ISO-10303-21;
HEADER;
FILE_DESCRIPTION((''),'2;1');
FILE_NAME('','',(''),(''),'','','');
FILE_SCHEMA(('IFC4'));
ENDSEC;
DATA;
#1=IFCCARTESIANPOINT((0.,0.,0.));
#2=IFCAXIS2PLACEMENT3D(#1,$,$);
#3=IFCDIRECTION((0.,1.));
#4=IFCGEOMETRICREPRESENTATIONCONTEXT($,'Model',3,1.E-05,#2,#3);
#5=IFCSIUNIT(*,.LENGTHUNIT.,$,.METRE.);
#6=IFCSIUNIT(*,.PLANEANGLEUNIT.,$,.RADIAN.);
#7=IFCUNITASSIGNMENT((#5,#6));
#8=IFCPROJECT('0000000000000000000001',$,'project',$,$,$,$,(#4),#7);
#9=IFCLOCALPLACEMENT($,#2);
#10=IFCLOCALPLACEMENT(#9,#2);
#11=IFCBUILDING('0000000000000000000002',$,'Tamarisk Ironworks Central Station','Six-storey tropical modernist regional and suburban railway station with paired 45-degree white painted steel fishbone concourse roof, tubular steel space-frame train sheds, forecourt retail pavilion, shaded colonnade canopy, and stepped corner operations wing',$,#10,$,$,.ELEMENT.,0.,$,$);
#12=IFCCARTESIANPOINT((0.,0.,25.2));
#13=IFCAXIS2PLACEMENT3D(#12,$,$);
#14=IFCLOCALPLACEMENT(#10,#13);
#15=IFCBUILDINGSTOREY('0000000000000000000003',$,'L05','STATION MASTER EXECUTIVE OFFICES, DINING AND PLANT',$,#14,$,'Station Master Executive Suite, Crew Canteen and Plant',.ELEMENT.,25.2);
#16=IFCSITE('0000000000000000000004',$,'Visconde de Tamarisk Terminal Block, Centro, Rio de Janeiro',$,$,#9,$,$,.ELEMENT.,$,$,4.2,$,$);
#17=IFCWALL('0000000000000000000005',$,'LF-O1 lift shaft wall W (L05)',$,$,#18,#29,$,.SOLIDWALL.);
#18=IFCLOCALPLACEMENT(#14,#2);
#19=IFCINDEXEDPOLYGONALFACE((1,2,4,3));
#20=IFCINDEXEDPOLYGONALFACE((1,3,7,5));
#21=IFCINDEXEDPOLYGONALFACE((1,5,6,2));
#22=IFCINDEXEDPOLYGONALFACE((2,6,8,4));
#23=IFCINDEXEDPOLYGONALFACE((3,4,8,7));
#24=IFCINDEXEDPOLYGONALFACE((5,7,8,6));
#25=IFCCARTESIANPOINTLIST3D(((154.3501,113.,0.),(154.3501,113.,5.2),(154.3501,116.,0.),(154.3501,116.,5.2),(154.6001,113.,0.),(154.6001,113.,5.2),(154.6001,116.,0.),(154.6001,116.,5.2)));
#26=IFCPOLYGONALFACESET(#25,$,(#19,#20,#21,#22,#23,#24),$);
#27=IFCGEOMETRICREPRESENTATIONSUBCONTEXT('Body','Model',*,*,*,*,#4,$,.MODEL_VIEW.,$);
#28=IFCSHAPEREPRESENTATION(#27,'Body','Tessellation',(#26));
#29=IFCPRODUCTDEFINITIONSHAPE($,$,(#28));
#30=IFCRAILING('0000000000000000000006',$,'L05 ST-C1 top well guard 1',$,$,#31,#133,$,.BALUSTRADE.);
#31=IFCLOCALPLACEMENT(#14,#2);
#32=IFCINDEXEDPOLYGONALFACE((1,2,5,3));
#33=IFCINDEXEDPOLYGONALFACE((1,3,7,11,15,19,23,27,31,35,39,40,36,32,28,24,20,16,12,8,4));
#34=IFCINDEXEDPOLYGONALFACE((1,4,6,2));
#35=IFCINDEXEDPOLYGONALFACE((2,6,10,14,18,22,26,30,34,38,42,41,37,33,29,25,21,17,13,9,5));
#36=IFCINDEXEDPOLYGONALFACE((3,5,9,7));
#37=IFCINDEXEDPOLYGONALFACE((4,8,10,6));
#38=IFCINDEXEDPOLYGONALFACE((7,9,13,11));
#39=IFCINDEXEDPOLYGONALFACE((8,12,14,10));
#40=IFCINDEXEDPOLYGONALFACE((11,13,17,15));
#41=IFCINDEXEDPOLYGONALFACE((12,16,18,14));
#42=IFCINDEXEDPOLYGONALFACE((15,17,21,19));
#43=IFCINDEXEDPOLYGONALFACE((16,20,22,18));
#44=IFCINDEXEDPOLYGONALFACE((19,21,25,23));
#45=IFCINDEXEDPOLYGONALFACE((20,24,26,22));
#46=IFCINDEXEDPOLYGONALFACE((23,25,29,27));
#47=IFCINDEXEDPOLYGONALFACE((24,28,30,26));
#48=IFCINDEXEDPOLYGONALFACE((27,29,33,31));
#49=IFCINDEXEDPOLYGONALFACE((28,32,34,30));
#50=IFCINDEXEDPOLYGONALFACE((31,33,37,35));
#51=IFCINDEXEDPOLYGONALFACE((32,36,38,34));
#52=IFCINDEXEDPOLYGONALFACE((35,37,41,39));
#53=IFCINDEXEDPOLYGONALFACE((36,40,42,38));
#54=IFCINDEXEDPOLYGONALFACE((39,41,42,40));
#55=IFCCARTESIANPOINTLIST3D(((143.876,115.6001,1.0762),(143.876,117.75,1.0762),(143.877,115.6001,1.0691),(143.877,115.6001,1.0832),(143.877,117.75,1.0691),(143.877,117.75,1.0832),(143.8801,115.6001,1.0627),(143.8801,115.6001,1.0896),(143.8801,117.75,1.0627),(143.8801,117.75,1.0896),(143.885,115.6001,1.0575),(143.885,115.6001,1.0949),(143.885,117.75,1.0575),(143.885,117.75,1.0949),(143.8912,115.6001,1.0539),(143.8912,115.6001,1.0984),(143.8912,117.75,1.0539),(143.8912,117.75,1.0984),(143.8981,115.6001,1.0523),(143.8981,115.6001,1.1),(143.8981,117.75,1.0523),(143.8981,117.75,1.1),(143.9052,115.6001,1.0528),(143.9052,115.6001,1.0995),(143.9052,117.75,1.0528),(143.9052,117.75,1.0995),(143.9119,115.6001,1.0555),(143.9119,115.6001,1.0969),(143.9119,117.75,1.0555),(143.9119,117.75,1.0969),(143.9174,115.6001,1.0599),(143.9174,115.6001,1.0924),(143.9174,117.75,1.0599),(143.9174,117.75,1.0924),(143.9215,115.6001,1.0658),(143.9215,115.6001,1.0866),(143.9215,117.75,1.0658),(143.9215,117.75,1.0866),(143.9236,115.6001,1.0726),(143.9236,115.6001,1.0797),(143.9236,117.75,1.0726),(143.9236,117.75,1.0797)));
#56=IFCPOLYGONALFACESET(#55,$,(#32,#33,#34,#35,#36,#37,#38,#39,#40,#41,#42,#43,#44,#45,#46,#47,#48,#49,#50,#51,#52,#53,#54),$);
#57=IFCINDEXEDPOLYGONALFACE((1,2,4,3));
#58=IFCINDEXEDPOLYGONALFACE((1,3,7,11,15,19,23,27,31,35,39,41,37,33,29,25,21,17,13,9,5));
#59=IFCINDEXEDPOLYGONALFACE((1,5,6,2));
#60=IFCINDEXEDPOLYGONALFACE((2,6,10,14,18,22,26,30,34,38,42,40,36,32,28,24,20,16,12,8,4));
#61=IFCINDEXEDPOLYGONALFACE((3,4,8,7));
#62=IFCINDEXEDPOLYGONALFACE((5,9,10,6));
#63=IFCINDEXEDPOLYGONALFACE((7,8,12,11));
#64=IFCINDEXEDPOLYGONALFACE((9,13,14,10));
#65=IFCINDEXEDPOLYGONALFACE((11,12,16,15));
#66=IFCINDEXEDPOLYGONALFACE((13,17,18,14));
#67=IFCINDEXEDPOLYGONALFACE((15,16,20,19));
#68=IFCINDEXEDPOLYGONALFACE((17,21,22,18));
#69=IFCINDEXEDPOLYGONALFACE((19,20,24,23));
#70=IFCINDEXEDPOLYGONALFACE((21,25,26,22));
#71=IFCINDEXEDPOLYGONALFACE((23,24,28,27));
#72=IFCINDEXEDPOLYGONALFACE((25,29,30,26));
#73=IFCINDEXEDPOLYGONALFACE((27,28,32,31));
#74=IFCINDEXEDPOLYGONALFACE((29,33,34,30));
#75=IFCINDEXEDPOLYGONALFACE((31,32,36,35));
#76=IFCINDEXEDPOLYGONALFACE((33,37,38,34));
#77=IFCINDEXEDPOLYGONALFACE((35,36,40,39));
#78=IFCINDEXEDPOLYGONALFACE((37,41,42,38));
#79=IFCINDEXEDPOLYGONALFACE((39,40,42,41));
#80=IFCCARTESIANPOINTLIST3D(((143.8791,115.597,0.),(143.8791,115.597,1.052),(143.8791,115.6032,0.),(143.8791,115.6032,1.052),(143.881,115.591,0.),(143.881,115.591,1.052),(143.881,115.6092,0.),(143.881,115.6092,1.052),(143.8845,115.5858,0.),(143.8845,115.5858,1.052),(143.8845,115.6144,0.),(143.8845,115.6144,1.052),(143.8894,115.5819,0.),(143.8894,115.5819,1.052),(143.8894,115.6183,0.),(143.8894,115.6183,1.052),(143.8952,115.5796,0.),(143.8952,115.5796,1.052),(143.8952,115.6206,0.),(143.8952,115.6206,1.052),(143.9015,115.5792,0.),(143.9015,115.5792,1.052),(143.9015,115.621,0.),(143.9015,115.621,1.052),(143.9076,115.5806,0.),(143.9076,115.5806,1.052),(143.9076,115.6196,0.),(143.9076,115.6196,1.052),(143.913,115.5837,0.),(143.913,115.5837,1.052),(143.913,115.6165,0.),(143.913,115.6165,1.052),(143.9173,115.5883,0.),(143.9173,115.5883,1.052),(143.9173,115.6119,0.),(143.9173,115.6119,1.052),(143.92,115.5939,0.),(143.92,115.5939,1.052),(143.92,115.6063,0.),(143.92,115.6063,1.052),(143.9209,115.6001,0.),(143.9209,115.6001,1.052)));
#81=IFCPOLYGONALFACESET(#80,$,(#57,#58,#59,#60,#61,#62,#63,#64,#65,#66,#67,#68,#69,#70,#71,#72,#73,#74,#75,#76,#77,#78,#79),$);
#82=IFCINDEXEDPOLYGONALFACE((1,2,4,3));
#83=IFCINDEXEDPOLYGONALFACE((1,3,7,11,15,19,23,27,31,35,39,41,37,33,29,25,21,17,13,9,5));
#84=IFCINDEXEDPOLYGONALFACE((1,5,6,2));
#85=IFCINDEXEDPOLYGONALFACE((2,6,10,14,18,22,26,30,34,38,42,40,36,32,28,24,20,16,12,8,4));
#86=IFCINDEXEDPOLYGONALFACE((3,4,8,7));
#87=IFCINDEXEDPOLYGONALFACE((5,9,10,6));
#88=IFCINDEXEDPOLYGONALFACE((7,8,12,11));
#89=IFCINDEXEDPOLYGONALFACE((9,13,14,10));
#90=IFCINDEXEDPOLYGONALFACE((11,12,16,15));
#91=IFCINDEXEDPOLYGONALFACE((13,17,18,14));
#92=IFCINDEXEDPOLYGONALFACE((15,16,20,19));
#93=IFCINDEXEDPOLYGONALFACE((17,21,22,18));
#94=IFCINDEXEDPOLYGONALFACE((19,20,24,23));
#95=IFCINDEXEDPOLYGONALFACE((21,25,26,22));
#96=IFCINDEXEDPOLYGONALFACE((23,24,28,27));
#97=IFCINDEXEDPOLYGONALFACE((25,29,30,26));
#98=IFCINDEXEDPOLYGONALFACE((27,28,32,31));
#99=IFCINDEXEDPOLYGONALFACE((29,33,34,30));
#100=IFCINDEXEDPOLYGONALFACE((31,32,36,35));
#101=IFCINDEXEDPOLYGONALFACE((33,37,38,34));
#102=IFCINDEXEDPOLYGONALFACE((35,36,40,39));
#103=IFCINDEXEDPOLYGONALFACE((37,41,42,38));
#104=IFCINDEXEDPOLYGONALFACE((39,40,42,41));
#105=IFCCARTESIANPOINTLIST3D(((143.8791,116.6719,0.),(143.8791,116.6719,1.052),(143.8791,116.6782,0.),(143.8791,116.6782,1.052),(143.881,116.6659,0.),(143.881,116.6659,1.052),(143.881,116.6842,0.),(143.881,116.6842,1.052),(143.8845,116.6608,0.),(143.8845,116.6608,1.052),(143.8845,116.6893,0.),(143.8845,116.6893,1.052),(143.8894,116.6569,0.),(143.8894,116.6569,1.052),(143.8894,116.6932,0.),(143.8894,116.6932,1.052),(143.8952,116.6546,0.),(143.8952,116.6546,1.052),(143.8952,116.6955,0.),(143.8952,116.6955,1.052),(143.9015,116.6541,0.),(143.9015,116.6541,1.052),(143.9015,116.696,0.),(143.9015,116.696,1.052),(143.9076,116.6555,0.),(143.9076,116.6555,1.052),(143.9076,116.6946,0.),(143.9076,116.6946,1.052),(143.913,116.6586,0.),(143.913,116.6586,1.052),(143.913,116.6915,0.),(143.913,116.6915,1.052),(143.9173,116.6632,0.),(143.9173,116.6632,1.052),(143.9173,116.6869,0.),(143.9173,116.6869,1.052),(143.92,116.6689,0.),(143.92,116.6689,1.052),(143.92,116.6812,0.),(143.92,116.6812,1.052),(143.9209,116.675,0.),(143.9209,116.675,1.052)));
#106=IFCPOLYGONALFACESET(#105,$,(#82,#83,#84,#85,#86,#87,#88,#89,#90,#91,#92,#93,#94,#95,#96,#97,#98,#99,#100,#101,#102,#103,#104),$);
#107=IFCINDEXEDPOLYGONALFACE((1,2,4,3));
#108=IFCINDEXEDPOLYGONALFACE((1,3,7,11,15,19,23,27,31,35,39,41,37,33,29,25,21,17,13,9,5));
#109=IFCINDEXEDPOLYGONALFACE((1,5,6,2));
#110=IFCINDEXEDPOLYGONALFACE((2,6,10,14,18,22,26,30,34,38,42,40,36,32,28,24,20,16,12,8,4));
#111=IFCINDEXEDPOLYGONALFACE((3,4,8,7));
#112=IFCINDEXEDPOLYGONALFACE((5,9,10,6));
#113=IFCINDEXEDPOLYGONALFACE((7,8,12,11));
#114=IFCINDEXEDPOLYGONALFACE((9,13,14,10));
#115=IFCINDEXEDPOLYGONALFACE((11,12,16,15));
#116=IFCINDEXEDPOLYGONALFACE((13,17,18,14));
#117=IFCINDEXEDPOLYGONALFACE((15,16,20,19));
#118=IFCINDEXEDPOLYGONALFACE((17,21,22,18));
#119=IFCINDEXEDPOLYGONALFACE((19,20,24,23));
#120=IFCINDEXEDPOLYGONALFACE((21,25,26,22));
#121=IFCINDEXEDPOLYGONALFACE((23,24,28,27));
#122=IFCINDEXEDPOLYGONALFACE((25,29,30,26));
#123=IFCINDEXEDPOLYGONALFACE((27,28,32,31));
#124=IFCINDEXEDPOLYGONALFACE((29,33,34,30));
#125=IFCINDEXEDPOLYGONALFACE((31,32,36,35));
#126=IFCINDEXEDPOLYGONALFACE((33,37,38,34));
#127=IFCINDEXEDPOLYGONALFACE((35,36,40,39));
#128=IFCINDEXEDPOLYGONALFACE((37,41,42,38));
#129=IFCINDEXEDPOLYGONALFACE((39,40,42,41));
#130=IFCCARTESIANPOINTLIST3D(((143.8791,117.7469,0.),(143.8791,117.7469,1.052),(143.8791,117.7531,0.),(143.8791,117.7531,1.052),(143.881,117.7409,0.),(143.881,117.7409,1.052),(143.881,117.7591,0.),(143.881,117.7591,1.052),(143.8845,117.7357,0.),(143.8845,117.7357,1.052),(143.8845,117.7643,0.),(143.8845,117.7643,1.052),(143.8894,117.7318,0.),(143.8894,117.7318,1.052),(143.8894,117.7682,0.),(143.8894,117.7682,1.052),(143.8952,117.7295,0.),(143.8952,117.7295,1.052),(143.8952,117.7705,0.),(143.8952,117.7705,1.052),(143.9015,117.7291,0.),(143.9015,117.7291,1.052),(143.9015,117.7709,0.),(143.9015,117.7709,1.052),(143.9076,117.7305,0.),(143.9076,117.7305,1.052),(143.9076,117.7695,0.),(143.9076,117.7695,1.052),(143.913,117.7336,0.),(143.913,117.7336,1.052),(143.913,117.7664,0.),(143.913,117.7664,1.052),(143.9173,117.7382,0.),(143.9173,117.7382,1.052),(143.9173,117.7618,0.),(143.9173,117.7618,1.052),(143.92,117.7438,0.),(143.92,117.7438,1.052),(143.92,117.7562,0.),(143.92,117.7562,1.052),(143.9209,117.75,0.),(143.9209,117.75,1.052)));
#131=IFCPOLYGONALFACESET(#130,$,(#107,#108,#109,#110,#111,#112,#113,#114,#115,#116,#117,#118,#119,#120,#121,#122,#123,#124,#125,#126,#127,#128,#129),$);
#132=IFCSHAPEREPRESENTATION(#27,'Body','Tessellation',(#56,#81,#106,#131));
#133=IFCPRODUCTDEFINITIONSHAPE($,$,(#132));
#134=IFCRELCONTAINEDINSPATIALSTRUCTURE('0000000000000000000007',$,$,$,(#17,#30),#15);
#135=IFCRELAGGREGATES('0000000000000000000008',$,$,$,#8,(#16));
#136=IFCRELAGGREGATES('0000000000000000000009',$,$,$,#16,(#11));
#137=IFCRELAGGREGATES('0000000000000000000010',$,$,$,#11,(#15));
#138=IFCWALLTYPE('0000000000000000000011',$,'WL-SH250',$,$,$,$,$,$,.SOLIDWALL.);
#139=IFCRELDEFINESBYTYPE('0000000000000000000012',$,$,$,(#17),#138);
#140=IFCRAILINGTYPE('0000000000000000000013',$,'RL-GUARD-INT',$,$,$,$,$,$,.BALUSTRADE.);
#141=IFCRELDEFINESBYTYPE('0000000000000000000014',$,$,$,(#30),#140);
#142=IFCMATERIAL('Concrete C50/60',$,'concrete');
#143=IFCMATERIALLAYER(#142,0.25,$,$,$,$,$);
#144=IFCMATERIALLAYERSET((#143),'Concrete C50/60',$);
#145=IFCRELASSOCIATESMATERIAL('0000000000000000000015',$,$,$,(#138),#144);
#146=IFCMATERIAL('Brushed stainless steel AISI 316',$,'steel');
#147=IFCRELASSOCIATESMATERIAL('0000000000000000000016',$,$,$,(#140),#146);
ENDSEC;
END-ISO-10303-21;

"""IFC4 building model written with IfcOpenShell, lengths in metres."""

from ifc_helpers import new_model, si_unit, direction, frame, frame_2d, origin, origin_2d, place, context, subcontext, project, spatial, rectangle, circle, extrude, material, layer, layer_set, type_object, element, save


model = new_model("IFC4")

# Units and contexts
model_context = context("Model", 3, precision=1e-05, world=origin(), true_north=direction((0.0, 1.0)))
body_context = subcontext(model_context, "Body", "Model", "MODEL_VIEW")
ifc_project = project(units=[si_unit("LENGTHUNIT", "METRE"), si_unit("PLANEANGLEUNIT", "RADIAN")], contexts=[model_context])

# Site, building, storey
site_placement = place(None, origin())
site = spatial("IfcSite", under=ifc_project, at=site_placement, Name="Visconde de Tamarisk Terminal Block, Centro, Rio de Janeiro", CompositionType="ELEMENT", RefElevation=4.2)
building_placement = place(site_placement, origin())
building = spatial("IfcBuilding", under=site, at=building_placement, Name="Tamarisk Ironworks Central Station", Description="Six-storey tropical modernist regional and suburban railway station with paired 45-degree white painted steel fishbone concourse roof, tubular steel space-frame train sheds, forecourt retail pavilion, shaded colonnade canopy, and stepped corner operations wing", CompositionType="ELEMENT", ElevationOfRefHeight=0.0)
storey_placement = place(building_placement, frame((0.0, 0.0, 25.2)))
storey = spatial("IfcBuildingStorey", under=building, at=storey_placement, Name="L05", Description="STATION MASTER EXECUTIVE OFFICES, DINING AND PLANT", LongName="Station Master Executive Suite, Crew Canteen and Plant", CompositionType="ELEMENT", Elevation=25.2)

# Shared definitions
ifc_material_1 = material(Name="Concrete C50/60", Category="concrete")

# Shared definitions
ifc_layer_1 = layer(ifc_material_1, 0.25)
ifc_layer_set_1 = layer_set([ifc_layer_1], Name="Concrete C50/60")
wall_type_1 = type_object("IfcWallType", Name="WL-SH250", PredefinedType="SOLIDWALL", material=ifc_layer_set_1)

# Shared definitions
ifc_material_2 = material(Name="Brushed stainless steel AISI 316", Category="steel")

# Wall
wall_1_placement = place(storey_placement, frame((154.4751, 113.0, 0.0), z_axis=(0.0, 0.0, 1.0), x_axis=(0.0, 1.0, 0.0)))
element("IfcWall", 1, at=wall_1_placement, inside=storey, type_object=wall_type_1, Name="LF-O1 lift shaft wall W (L05)", PredefinedType="SOLIDWALL", context=body_context, shape_type="SweptSolid", body=[
    extrude(rectangle(XDim=3.0, YDim=0.25, at=frame_2d((1.5, 0.0))), origin(), (0.0, 0.0, 1.0), 5.2),
])

# Railing
railing_type = type_object("IfcRailingType", Name="RL-GUARD-INT", PredefinedType="BALUSTRADE", material=ifc_material_2)
railing_placement = place(storey_placement, frame((143.8999, 115.6001, 0.0)))
element("IfcRailing", 2, at=railing_placement, inside=storey, type_object=railing_type, Name="L05 ST-C1 top well guard 1", PredefinedType="BALUSTRADE", context=body_context, shape_type="SweptSolid", body=[
    extrude(circle(Radius=0.0239, at=origin_2d()), frame((0.0, 0.0, 1.0762), z_axis=(0.0, 1.0, 0.0), x_axis=(-1.0, 0.0, 0.0)), (0.0, 0.0, 1.0), 2.1499),
    extrude(circle(Radius=0.021, at=origin_2d()), origin(), (0.0, 0.0, 1.0), 1.052),
    extrude(circle(Radius=0.021, at=origin_2d()), frame((0.0, 1.075, 0.0)), (0.0, 0.0, 1.0), 1.052),
    extrude(circle(Radius=0.021, at=origin_2d()), frame((0.0, 2.1499, 0.0)), (0.0, 0.0, 1.0), 1.052),
])

save(model, "model.ifc")
